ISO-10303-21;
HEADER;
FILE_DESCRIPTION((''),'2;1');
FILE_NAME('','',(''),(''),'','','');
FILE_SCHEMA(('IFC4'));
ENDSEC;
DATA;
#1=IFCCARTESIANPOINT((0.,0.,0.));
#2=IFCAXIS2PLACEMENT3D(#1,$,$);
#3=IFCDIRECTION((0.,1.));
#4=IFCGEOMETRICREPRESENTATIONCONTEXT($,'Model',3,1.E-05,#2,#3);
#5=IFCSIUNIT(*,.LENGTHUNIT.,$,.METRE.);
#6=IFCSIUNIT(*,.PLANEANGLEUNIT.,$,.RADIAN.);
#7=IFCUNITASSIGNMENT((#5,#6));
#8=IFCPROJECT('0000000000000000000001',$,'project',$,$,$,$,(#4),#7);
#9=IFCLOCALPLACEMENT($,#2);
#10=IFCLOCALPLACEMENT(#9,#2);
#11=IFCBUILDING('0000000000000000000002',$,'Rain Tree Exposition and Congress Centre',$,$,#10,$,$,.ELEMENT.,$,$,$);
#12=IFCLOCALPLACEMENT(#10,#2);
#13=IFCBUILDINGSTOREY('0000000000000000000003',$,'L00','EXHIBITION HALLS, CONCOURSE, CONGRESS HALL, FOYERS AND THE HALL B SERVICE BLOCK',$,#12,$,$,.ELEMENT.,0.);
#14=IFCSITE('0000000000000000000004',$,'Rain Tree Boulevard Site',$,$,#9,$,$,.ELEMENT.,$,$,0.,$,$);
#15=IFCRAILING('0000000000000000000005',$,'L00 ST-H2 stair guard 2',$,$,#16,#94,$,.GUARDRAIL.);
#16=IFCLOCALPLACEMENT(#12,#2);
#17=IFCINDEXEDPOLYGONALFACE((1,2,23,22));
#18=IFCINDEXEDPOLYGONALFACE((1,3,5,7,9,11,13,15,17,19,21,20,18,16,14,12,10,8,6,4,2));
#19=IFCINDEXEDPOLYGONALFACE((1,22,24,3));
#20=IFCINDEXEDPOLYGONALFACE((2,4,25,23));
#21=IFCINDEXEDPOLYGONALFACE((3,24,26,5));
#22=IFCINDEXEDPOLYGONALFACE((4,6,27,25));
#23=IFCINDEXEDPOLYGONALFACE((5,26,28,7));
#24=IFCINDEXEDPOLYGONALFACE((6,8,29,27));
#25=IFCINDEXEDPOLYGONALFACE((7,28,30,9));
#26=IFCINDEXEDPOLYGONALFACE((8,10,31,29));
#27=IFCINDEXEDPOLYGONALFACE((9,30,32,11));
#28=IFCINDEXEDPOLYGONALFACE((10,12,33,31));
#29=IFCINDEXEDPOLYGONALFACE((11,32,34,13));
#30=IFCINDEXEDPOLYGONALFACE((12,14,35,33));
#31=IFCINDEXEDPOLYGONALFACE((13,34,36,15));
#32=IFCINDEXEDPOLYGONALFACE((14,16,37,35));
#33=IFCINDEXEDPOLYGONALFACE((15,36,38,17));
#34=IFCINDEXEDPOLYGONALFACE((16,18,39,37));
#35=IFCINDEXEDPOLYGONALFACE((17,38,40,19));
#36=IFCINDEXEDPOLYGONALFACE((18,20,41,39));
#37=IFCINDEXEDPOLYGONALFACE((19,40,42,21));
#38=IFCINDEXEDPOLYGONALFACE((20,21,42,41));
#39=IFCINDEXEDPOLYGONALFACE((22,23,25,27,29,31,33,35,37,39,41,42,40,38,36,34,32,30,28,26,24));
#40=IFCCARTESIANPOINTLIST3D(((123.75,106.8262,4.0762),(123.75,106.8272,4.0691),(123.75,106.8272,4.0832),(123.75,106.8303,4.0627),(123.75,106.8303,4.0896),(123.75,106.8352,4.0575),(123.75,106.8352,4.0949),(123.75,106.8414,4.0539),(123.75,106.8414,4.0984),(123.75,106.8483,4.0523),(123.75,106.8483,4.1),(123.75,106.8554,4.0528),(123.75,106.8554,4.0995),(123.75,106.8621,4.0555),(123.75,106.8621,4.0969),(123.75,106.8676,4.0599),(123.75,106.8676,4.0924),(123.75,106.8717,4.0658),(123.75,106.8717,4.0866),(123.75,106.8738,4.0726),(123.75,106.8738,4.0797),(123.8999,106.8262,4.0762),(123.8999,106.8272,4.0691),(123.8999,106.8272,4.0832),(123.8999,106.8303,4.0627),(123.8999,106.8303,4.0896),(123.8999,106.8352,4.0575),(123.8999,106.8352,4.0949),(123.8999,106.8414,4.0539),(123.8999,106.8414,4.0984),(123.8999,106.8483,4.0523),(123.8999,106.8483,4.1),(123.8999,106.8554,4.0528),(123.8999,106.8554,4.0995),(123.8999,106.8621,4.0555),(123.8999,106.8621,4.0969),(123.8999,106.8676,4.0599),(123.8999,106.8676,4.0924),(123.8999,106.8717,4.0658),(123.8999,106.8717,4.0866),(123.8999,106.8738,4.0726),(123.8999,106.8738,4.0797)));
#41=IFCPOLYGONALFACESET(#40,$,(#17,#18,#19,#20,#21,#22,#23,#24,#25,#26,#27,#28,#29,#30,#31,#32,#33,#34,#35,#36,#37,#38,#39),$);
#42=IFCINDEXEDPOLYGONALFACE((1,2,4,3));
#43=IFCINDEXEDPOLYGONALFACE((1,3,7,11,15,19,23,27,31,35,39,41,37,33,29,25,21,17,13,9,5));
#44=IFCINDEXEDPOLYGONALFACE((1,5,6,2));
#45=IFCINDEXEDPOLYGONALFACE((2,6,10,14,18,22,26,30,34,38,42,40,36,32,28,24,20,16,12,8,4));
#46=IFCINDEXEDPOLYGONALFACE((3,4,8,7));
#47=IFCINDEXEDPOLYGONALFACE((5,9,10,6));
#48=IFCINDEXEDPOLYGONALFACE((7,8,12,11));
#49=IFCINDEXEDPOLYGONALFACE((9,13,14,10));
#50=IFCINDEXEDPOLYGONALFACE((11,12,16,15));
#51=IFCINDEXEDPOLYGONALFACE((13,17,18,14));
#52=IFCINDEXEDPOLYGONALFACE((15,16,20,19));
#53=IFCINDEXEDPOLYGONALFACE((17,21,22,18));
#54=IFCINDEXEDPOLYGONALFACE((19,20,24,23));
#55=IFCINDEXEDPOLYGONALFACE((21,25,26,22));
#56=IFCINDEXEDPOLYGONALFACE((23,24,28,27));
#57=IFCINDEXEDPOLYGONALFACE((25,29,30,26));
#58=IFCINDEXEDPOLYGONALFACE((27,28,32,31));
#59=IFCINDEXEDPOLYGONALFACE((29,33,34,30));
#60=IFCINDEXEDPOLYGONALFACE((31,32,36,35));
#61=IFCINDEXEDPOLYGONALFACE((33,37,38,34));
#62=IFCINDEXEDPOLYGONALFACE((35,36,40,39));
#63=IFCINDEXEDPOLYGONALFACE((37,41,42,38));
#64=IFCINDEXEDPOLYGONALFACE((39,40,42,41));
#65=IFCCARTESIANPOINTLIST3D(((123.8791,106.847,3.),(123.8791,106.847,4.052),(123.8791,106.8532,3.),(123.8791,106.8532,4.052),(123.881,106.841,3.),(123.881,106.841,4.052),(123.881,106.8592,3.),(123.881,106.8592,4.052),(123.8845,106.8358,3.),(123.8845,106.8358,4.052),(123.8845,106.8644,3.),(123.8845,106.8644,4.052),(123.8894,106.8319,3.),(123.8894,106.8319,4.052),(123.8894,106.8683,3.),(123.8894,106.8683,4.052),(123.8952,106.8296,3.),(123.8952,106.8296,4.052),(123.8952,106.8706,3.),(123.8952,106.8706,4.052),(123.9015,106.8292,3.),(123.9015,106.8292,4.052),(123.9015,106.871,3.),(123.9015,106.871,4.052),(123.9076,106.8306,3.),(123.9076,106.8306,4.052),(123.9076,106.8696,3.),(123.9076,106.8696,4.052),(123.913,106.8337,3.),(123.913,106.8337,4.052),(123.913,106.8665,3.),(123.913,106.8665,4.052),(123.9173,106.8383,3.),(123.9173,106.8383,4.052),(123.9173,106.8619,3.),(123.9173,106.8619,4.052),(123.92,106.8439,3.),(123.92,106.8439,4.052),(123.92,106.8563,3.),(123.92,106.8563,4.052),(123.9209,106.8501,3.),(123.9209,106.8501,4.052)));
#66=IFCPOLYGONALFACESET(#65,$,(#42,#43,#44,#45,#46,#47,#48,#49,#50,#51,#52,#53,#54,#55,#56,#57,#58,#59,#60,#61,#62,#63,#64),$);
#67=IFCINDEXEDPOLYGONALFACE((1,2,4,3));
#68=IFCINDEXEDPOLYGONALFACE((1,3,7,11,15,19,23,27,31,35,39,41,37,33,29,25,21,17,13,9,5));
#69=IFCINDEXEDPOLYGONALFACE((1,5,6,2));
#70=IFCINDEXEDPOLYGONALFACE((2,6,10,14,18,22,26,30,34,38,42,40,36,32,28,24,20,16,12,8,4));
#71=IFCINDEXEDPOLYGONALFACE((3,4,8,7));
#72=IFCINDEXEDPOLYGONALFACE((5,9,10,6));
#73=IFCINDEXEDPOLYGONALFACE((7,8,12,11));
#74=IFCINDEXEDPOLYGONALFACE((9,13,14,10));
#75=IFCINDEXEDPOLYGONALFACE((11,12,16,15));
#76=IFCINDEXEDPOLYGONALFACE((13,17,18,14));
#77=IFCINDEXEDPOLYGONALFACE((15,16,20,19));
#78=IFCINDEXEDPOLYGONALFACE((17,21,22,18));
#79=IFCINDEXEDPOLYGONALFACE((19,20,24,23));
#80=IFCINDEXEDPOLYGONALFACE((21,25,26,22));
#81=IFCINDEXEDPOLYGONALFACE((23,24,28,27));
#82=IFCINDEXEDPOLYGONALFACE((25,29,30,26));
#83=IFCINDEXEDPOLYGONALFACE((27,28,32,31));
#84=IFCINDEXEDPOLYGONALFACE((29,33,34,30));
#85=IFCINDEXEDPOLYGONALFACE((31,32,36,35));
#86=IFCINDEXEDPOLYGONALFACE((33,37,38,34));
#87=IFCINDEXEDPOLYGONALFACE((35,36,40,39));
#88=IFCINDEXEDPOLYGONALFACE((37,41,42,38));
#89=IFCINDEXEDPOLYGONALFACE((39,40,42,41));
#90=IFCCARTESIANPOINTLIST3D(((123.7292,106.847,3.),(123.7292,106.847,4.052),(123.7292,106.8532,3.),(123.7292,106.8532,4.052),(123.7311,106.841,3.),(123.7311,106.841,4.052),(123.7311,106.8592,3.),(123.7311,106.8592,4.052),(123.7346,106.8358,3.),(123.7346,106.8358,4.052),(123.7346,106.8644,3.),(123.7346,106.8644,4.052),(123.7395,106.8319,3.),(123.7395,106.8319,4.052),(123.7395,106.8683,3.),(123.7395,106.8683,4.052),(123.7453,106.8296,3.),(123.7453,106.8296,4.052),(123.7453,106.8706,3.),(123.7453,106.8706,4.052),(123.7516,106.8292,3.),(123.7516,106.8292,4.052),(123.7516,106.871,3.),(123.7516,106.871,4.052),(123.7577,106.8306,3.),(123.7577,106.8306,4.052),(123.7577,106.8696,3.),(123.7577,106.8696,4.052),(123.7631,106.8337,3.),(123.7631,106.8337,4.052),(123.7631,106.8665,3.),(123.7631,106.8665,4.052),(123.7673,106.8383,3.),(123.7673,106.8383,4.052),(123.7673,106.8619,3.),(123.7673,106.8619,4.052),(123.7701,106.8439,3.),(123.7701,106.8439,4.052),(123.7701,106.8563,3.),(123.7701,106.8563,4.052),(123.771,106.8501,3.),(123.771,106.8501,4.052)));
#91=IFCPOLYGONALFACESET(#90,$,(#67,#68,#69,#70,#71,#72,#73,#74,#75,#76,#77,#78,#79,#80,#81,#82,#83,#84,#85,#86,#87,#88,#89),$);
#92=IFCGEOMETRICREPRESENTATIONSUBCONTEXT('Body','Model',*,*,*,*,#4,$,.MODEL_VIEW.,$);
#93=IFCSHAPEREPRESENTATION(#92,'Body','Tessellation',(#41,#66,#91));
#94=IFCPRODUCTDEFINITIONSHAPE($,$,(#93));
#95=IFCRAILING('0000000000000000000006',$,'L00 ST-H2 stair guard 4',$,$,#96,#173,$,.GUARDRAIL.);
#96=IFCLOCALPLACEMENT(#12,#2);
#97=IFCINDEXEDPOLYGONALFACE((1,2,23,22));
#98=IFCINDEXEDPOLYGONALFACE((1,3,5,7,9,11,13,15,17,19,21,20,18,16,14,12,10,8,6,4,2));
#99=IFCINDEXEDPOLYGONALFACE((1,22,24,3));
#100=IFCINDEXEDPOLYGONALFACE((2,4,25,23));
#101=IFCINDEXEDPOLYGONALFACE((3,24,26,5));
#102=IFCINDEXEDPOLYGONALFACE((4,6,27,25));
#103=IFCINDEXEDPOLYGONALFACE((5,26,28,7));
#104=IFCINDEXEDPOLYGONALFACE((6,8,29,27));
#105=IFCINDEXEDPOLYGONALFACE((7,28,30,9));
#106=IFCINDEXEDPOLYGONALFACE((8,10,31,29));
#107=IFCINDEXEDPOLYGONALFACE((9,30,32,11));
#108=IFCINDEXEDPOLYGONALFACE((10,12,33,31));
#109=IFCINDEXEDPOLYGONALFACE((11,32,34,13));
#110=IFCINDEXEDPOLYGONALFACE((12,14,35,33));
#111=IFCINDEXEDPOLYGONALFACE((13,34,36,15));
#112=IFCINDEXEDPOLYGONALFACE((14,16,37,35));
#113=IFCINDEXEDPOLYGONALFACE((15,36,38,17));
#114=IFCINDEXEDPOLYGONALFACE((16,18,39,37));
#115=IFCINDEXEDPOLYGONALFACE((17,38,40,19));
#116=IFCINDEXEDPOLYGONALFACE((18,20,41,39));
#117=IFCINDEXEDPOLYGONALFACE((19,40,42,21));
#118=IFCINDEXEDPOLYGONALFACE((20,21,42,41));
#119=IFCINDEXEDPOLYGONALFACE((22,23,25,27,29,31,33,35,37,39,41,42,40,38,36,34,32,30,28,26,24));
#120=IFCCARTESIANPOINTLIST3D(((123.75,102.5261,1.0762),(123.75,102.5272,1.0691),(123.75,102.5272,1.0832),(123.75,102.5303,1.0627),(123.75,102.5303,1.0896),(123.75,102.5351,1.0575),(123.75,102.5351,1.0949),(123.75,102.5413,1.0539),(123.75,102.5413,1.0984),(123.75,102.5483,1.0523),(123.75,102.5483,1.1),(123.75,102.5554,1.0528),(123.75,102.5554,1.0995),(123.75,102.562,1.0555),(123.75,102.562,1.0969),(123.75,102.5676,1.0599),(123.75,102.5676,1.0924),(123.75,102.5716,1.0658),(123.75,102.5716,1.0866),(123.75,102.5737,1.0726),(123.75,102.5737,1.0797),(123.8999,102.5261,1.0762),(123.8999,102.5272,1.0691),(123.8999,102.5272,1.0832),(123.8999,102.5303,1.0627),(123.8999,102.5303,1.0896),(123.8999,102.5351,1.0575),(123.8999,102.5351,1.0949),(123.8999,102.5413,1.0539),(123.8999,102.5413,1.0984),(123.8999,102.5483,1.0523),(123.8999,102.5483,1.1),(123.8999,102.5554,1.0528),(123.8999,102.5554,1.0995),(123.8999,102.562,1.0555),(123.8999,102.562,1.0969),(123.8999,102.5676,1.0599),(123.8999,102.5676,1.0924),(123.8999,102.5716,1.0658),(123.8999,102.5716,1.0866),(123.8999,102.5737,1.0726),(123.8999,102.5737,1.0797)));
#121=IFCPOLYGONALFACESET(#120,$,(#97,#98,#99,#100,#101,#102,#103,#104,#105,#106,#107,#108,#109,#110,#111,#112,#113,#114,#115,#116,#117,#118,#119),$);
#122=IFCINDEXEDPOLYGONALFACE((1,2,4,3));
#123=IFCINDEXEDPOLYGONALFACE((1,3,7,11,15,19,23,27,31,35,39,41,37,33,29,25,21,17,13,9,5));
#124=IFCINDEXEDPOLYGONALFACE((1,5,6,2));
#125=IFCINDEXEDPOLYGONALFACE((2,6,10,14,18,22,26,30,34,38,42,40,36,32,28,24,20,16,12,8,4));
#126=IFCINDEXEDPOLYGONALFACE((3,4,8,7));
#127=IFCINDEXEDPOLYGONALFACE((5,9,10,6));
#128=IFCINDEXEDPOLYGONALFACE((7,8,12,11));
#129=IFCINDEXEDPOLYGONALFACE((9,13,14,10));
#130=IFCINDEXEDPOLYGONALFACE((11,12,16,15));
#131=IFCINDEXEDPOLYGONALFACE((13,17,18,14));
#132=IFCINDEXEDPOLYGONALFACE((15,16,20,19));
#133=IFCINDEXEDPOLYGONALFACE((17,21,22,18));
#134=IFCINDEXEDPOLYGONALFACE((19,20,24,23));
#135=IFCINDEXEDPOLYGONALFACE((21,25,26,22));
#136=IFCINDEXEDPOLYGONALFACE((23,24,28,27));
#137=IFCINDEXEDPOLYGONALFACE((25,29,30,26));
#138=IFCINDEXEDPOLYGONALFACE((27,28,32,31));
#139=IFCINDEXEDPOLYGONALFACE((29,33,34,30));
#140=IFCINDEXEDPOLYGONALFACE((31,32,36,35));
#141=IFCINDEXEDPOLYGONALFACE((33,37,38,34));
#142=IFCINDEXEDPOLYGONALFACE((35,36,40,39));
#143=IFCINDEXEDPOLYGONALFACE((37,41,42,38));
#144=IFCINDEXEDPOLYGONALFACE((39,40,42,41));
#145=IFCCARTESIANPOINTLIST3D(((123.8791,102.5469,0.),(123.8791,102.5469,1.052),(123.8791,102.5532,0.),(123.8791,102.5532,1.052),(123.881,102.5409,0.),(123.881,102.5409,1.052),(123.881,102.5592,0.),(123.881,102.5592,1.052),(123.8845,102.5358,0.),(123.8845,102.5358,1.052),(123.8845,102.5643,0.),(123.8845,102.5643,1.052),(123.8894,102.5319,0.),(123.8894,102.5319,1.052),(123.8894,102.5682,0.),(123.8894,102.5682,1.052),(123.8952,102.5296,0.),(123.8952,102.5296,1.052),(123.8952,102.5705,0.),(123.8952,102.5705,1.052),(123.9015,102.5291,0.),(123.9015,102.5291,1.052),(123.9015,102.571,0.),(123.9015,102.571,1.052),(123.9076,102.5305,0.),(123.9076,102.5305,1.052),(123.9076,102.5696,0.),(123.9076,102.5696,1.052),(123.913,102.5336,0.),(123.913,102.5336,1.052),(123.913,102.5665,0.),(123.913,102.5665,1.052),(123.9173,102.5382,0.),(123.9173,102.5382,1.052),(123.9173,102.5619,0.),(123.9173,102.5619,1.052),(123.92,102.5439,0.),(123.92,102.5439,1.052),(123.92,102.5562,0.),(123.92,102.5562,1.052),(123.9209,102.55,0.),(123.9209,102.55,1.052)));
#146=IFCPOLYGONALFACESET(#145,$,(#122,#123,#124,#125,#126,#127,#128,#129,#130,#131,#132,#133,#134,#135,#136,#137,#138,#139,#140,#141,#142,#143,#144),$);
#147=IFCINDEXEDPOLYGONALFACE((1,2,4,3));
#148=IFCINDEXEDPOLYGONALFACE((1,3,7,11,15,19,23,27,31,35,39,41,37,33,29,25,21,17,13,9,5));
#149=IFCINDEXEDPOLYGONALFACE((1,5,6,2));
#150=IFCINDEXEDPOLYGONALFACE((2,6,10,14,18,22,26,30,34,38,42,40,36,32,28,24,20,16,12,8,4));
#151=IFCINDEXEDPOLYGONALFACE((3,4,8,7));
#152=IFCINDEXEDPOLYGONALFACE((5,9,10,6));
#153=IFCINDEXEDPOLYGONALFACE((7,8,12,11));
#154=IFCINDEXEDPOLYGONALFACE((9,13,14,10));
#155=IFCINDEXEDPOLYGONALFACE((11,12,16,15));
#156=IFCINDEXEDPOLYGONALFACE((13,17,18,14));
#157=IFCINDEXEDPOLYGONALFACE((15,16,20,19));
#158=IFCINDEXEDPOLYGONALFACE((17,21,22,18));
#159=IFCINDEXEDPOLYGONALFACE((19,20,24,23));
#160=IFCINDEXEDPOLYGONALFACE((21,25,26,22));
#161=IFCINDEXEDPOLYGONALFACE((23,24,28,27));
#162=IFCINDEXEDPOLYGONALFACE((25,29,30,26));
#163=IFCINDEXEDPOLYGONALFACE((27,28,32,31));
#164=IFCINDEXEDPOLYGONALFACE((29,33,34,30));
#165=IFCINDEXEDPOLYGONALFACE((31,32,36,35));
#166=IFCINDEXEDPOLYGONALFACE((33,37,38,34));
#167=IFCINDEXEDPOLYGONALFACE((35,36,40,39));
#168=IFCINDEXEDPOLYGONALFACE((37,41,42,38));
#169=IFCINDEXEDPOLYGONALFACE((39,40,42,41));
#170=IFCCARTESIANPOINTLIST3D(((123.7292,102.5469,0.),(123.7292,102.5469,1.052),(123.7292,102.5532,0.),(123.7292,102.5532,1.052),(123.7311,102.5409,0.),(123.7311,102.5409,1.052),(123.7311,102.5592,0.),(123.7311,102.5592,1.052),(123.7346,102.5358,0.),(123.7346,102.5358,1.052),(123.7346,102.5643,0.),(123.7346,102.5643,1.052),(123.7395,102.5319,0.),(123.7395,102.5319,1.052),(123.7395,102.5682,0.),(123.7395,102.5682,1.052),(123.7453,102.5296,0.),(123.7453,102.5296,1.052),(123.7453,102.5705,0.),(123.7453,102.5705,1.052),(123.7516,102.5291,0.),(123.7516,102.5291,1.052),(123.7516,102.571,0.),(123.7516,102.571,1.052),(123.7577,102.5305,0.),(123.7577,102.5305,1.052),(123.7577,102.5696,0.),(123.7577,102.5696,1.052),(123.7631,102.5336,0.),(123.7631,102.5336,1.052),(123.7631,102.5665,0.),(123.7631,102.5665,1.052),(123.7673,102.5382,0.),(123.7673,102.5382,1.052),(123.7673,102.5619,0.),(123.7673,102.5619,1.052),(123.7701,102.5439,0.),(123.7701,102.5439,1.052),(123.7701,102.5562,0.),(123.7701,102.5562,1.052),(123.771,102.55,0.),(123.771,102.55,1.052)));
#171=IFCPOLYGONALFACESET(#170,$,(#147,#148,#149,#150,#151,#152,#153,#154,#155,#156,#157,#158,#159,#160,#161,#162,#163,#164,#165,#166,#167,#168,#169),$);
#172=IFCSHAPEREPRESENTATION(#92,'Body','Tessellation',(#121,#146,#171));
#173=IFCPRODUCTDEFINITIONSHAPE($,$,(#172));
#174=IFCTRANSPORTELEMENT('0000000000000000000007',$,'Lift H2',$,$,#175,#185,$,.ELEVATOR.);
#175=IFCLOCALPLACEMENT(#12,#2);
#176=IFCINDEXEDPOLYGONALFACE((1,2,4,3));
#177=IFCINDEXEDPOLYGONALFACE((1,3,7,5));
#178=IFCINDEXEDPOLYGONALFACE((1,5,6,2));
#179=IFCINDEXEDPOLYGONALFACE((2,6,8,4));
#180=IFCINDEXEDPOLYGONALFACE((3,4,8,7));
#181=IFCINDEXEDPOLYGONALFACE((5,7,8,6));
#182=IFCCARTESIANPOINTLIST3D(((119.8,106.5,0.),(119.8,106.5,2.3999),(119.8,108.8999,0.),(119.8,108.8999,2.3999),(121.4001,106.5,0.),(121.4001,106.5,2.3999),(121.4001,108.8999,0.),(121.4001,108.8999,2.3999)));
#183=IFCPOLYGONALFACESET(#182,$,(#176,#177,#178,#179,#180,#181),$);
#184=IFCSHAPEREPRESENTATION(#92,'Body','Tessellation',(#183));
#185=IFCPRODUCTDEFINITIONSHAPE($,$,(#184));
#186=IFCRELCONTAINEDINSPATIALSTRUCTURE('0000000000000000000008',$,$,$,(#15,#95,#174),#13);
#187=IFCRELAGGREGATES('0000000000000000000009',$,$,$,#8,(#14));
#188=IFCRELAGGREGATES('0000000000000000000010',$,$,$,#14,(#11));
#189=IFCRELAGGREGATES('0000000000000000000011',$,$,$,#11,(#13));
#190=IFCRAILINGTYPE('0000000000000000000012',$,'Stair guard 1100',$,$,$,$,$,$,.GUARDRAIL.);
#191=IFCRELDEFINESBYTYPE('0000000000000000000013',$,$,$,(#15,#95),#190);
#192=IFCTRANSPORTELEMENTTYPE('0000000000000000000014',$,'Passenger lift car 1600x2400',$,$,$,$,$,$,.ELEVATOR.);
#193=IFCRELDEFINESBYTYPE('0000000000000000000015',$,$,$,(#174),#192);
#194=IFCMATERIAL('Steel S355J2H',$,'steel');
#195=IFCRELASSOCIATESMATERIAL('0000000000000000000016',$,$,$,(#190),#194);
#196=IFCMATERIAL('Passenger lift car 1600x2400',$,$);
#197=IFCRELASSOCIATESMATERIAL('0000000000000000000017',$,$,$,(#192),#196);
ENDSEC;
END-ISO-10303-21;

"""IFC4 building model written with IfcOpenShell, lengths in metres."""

from ifc_helpers import new_model, si_unit, direction, frame, origin, origin_2d, place, context, subcontext, project, spatial, rectangle, circle, extrude, material, type_object, element, save


model = new_model("IFC4")

# Units and contexts
model_context = context("Model", 3, precision=1e-05, world=origin(), true_north=direction((0.0, 1.0)))
body_context = subcontext(model_context, "Body", "Model", "MODEL_VIEW")
ifc_project = project(units=[si_unit("LENGTHUNIT", "METRE"), si_unit("PLANEANGLEUNIT", "RADIAN")], contexts=[model_context])

# Site, building, storey
site_placement = place(None, origin())
site = spatial("IfcSite", under=ifc_project, at=site_placement, Name="Rain Tree Boulevard Site", CompositionType="ELEMENT", RefElevation=0.0)
building_placement = place(site_placement, origin())
building = spatial("IfcBuilding", under=site, at=building_placement, Name="Rain Tree Exposition and Congress Centre", CompositionType="ELEMENT")
storey_placement = place(building_placement, origin())
storey = spatial("IfcBuildingStorey", under=building, at=storey_placement, Name="L00", Description="EXHIBITION HALLS, CONCOURSE, CONGRESS HALL, FOYERS AND THE HALL B SERVICE BLOCK", CompositionType="ELEMENT", Elevation=0.0)

# Railings
ifc_material_1 = material(Name="Steel S355J2H", Category="steel")
railing_type_1 = type_object("IfcRailingType", Name="Stair guard 1100", PredefinedType="GUARDRAIL", material=ifc_material_1)
railing_1_placement = place(storey_placement, frame((123.8999, 106.8501, 3.0)))
element("IfcRailing", 1, at=railing_1_placement, inside=storey, type_object=railing_type_1, Name="L00 ST-H2 stair guard 2", PredefinedType="GUARDRAIL", context=body_context, shape_type="SweptSolid", body=[
    extrude(circle(Radius=0.0239, at=origin_2d()), frame((0.0, 0.0, 1.0762), z_axis=(-1.0, 0.0, 0.0), x_axis=(0.0, -1.0, 0.0)), (0.0, 0.0, 1.0), 0.1499),
    extrude(circle(Radius=0.021, at=origin_2d()), origin(), (0.0, 0.0, 1.0), 1.052),
    extrude(circle(Radius=0.021, at=origin_2d()), frame((-0.1499, 0.0, 0.0)), (0.0, 0.0, 1.0), 1.052),
])
railing_2_placement = place(storey_placement, frame((123.8999, 102.55, 0.0)))
element("IfcRailing", 2, at=railing_2_placement, inside=storey, type_object=railing_type_1, Name="L00 ST-H2 stair guard 4", PredefinedType="GUARDRAIL", context=body_context, shape_type="SweptSolid", body=[
    extrude(circle(Radius=0.0239, at=origin_2d()), frame((0.0, 0.0, 1.0762), z_axis=(-1.0, 0.0, 0.0), x_axis=(0.0, -1.0, 0.0)), (0.0, 0.0, 1.0), 0.1499),
    extrude(circle(Radius=0.021, at=origin_2d()), origin(), (0.0, 0.0, 1.0), 1.052),
    extrude(circle(Radius=0.021, at=origin_2d()), frame((-0.1499, 0.0, 0.0)), (0.0, 0.0, 1.0), 1.052),
])

# Transport element
ifc_material_2 = material(Name="Passenger lift car 1600x2400")
transport_element_type = type_object("IfcTransportElementType", Name="Passenger lift car 1600x2400", PredefinedType="ELEVATOR", material=ifc_material_2)
transport_element_placement = place(storey_placement, frame((120.6001, 107.7, 0.0), z_axis=(0.0, 0.0, 1.0), x_axis=(1.0, 0.0, 0.0)))
element("IfcTransportElement", 3, at=transport_element_placement, inside=storey, type_object=transport_element_type, Name="Lift H2", PredefinedType="ELEVATOR", context=body_context, shape_type="SweptSolid", body=[
    extrude(rectangle(XDim=1.6001, YDim=2.3999, at=origin_2d()), origin(), (0.0, 0.0, 1.0), 2.3999),
])

save(model, "model.ifc")
